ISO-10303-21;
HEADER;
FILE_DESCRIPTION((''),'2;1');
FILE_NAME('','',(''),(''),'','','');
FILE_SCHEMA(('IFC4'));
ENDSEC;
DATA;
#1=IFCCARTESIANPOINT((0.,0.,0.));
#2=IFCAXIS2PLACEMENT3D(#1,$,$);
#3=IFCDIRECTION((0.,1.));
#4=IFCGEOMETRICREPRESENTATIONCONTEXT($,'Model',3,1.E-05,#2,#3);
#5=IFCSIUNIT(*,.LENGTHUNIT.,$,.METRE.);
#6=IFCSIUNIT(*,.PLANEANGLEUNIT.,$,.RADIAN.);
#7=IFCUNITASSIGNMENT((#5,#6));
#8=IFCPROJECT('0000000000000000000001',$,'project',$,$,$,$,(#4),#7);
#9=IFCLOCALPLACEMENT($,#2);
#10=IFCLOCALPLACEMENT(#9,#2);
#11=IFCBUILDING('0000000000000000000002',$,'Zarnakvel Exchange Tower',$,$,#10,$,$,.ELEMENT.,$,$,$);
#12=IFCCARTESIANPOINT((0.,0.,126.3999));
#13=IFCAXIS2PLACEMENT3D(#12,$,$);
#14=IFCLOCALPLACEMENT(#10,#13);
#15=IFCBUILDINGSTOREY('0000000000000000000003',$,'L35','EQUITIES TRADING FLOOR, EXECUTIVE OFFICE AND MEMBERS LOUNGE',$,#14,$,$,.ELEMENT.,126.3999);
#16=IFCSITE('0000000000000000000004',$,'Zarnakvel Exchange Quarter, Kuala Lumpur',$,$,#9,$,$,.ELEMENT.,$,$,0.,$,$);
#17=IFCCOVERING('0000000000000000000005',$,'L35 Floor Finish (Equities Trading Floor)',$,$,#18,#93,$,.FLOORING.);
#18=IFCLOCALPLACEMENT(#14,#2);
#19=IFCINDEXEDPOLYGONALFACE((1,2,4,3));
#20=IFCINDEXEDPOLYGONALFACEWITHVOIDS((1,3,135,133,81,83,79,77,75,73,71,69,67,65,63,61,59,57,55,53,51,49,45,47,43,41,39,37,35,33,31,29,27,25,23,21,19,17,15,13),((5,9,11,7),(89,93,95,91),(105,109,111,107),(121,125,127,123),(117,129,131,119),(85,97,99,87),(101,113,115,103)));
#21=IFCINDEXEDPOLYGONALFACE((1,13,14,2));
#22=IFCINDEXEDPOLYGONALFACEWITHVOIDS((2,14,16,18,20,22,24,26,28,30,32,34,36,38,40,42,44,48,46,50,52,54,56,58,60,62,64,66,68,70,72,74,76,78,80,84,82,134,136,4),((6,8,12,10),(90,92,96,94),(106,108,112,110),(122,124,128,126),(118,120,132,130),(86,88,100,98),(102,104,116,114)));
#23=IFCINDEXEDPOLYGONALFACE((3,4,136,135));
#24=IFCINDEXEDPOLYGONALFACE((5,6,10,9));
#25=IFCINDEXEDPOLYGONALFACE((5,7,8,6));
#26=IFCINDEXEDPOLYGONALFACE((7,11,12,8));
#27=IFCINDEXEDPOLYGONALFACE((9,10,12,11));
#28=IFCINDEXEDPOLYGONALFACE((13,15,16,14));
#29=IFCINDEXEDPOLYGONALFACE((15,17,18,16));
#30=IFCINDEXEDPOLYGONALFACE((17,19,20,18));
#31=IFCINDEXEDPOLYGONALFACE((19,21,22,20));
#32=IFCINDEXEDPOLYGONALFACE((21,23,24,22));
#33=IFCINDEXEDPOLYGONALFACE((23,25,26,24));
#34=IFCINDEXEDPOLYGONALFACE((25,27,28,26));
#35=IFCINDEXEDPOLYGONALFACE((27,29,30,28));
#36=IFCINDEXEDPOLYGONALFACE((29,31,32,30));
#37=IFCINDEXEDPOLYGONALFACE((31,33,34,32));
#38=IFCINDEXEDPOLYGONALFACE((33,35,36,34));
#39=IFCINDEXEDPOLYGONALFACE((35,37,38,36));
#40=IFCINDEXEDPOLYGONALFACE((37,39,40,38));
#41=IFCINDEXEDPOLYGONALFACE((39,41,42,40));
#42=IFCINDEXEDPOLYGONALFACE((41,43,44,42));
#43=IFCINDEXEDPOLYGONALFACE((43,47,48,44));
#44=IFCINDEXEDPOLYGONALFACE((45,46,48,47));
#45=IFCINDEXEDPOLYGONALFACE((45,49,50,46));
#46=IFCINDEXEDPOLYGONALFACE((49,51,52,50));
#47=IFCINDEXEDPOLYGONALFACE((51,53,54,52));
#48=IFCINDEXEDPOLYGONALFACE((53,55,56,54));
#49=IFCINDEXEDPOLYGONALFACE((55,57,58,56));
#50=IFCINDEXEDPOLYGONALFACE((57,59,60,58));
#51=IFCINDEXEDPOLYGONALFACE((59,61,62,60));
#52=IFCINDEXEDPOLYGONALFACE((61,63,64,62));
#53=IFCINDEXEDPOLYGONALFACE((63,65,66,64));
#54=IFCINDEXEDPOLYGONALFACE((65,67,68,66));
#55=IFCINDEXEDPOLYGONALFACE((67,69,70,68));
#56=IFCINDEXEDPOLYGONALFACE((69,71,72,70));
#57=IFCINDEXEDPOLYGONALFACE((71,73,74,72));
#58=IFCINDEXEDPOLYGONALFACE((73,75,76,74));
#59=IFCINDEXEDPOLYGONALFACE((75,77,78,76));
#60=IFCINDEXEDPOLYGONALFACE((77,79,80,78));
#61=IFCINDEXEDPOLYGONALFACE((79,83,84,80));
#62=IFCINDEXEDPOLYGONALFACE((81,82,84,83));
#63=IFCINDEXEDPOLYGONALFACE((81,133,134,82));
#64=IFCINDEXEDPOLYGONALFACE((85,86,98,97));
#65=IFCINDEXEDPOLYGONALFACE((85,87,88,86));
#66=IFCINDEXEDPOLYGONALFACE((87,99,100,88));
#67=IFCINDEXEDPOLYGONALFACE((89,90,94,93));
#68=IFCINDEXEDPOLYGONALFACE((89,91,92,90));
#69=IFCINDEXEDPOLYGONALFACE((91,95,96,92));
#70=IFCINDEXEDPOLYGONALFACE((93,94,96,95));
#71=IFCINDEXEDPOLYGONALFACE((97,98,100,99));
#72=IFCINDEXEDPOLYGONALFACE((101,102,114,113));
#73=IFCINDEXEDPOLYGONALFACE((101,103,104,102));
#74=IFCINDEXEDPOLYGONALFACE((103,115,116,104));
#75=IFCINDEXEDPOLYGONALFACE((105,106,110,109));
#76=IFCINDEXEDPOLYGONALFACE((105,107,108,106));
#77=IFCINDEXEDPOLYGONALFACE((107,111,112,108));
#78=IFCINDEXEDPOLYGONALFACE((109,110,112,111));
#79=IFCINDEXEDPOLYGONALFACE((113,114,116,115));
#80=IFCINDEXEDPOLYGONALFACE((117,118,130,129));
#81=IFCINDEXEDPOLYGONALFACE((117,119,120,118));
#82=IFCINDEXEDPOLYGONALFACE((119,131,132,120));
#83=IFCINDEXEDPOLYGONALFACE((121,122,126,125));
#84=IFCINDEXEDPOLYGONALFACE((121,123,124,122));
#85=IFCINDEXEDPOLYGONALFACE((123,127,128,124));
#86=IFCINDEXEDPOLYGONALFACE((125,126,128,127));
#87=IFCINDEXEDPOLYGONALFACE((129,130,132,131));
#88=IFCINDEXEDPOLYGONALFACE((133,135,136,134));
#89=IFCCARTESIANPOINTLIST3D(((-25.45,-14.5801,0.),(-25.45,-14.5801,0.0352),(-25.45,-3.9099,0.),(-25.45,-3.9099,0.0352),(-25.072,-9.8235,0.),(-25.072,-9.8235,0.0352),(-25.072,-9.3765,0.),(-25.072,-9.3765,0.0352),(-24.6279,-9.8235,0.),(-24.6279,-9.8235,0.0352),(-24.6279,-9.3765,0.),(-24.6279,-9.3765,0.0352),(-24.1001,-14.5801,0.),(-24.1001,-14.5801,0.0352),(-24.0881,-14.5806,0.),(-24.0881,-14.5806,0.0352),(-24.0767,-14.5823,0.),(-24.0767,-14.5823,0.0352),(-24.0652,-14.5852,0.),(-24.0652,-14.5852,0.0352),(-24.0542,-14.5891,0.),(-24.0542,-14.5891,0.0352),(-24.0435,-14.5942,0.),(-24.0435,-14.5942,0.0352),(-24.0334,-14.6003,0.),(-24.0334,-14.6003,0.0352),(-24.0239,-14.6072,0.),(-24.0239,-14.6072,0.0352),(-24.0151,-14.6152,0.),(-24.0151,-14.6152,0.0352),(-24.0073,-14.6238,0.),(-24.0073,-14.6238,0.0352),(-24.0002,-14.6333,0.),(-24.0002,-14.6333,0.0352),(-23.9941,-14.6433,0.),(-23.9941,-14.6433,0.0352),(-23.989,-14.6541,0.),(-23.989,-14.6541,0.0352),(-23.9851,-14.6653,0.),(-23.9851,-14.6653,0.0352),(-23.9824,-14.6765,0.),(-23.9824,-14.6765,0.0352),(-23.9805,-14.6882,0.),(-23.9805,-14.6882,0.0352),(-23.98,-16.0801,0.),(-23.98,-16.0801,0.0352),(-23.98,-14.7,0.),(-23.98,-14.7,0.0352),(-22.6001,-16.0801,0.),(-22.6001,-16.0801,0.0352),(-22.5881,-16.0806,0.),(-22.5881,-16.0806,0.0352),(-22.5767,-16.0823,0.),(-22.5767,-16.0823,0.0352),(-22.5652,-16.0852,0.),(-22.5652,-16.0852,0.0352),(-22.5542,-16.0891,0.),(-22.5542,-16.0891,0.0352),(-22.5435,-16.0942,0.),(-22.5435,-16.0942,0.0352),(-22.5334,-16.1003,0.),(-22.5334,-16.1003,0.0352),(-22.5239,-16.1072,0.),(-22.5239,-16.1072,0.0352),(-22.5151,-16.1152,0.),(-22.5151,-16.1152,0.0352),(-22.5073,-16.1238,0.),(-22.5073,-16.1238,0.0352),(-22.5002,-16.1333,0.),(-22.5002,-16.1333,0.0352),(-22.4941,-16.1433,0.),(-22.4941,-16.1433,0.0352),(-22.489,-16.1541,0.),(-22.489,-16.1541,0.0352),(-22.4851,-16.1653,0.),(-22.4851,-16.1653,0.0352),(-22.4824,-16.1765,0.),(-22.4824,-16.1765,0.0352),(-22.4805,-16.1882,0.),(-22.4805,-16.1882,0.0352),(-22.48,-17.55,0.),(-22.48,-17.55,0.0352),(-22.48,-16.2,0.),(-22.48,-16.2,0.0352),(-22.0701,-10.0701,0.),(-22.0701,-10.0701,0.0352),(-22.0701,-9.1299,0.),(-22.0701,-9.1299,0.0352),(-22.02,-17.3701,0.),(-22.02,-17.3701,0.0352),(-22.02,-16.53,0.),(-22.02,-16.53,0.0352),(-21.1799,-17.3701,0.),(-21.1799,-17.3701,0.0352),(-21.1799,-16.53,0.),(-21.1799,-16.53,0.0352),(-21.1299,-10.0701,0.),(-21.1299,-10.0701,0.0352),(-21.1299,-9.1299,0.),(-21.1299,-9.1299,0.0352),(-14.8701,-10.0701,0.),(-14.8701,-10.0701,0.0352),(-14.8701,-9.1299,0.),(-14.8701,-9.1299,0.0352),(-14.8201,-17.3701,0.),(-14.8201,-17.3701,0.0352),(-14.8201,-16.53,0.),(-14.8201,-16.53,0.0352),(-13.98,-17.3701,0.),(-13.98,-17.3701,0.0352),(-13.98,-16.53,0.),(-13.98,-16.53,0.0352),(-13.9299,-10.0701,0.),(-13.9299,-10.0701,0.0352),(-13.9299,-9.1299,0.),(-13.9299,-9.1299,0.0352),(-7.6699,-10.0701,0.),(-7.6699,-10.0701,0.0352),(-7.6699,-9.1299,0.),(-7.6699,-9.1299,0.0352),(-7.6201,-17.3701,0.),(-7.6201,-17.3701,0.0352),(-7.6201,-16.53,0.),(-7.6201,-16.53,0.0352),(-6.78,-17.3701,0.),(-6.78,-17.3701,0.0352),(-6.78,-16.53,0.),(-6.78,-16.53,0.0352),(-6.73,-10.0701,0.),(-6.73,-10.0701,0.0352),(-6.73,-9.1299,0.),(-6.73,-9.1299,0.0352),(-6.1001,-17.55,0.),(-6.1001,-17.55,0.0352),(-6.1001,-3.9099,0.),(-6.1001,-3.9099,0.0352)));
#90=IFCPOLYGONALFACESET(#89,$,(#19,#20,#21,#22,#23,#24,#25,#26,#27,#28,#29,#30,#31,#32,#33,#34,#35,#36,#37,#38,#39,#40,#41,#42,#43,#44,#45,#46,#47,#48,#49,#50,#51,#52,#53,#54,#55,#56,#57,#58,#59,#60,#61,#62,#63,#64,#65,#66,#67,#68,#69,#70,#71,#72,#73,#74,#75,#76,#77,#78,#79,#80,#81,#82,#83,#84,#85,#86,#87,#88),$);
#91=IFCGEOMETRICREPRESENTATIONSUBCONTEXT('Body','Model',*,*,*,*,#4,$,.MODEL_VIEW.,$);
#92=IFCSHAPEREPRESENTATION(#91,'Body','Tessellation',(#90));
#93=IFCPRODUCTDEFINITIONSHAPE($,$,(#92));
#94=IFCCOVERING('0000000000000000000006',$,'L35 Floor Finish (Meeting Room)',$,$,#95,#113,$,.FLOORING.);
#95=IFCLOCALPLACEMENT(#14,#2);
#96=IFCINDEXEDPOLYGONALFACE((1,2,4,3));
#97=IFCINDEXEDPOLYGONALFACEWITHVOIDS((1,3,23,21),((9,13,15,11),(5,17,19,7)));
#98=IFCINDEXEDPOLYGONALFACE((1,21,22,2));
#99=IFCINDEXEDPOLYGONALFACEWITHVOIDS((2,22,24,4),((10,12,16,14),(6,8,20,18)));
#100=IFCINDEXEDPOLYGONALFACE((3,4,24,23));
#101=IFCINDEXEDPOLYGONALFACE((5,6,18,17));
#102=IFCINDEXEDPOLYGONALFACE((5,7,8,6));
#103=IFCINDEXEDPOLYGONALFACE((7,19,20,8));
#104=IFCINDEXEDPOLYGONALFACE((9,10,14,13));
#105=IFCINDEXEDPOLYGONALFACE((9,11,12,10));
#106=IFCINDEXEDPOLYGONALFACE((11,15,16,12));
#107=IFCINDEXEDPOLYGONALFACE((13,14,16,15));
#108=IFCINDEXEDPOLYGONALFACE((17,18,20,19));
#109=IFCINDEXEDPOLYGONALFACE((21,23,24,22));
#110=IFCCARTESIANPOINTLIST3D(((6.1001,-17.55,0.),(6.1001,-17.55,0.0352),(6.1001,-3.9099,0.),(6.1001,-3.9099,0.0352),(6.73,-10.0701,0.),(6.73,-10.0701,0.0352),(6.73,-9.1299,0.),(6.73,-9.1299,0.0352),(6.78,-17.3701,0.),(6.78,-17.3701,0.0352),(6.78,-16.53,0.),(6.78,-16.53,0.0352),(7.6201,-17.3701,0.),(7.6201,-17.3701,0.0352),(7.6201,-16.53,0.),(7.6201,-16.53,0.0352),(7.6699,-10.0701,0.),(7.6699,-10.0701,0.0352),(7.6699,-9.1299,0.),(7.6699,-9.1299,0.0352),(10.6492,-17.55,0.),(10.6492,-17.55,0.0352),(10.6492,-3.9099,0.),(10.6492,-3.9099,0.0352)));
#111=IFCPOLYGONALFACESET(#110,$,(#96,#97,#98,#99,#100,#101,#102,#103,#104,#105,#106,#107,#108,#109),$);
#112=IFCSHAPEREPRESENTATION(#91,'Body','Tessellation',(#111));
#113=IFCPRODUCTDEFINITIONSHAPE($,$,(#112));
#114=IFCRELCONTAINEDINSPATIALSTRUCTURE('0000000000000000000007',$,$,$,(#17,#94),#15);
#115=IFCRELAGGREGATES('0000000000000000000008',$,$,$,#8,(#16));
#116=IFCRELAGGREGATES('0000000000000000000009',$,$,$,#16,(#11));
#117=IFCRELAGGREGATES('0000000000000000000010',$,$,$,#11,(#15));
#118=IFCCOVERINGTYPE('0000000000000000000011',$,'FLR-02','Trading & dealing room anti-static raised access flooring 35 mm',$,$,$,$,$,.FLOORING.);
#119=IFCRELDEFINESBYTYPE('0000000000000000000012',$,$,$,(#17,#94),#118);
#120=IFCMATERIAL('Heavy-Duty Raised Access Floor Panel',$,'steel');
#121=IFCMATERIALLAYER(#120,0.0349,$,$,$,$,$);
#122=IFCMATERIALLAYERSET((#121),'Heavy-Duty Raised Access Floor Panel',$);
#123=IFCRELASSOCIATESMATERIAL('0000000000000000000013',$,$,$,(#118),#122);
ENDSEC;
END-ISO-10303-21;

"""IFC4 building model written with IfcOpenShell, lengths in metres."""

from ifc_helpers import new_model, si_unit, direction, frame, origin, place, context, subcontext, project, spatial, polyline, outline, extrude, material, layer, layer_set, type_object, element, save


model = new_model("IFC4")

# Units and contexts
model_context = context("Model", 3, precision=1e-05, world=origin(), true_north=direction((0.0, 1.0)))
body_context = subcontext(model_context, "Body", "Model", "MODEL_VIEW")
ifc_project = project(units=[si_unit("LENGTHUNIT", "METRE"), si_unit("PLANEANGLEUNIT", "RADIAN")], contexts=[model_context])

# Site, building, storey
site_placement = place(None, origin())
site = spatial("IfcSite", under=ifc_project, at=site_placement, Name="Zarnakvel Exchange Quarter, Kuala Lumpur", CompositionType="ELEMENT", RefElevation=0.0)
building_placement = place(site_placement, origin())
building = spatial("IfcBuilding", under=site, at=building_placement, Name="Zarnakvel Exchange Tower", CompositionType="ELEMENT")
storey_placement = place(building_placement, frame((0.0, 0.0, 126.3999)))
storey = spatial("IfcBuildingStorey", under=building, at=storey_placement, Name="L35", Description="EQUITIES TRADING FLOOR, EXECUTIVE OFFICE AND MEMBERS LOUNGE", CompositionType="ELEMENT", Elevation=126.3999)

# Coverings
ifc_material_1 = material(Name="Heavy-Duty Raised Access Floor Panel", Category="steel")
ifc_layer_1 = layer(ifc_material_1, 0.0349)
ifc_layer_set_1 = layer_set([ifc_layer_1], Name="Heavy-Duty Raised Access Floor Panel")
covering_type_1 = type_object("IfcCoveringType", Name="FLR-02", Description="Trading & dealing room anti-static raised access flooring 35 mm", PredefinedType="FLOORING", material=ifc_layer_set_1)
covering_1_placement = place(storey_placement, origin())
element("IfcCovering", 1, at=covering_1_placement, inside=storey, type_object=covering_type_1, Name="L35 Floor Finish (Equities Trading Floor)", PredefinedType="FLOORING", context=body_context, shape_type="SweptSolid", body=[
    extrude(outline(polyline([(-6.1001, -3.9099), (-6.1001, -17.55), (-22.48, -17.55), (-22.48, -16.2), (-22.4805, -16.1882), (-22.4824, -16.1765), (-22.4851, -16.1653), (-22.489, -16.1541), (-22.4941, -16.1433), (-22.5002, -16.1333), (-22.5073, -16.1238), (-22.5151, -16.1152), (-22.5239, -16.1072), (-22.5334, -16.1003), (-22.5435, -16.0942), (-22.5542, -16.0891), (-22.5652, -16.0852), (-22.5767, -16.0823), (-22.5881, -16.0806), (-22.6001, -16.0801), (-23.98, -16.0801), (-23.98, -14.7), (-23.9805, -14.6882), (-23.9824, -14.6765), (-23.9851, -14.6653), (-23.989, -14.6541), (-23.9941, -14.6433), (-24.0002, -14.6333), (-24.0073, -14.6238), (-24.0151, -14.6152), (-24.0239, -14.6072), (-24.0334, -14.6003), (-24.0435, -14.5942), (-24.0542, -14.5891), (-24.0652, -14.5852), (-24.0767, -14.5823), (-24.0881, -14.5806), (-24.1001, -14.5801), (-25.45, -14.5801), (-25.45, -3.9099), (-6.1001, -3.9099)]), holes=[polyline([(-7.6699, -10.0701), (-6.73, -10.0701), (-6.73, -9.1299), (-7.6699, -9.1299), (-7.6699, -10.0701)]), polyline([(-6.78, -17.3701), (-6.78, -16.53), (-7.6201, -16.53), (-7.6201, -17.3701), (-6.78, -17.3701)]), polyline([(-13.9299, -10.0701), (-13.9299, -9.1299), (-14.8701, -9.1299), (-14.8701, -10.0701), (-13.9299, -10.0701)]), polyline([(-13.98, -17.3701), (-13.98, -16.53), (-14.8201, -16.53), (-14.8201, -17.3701), (-13.98, -17.3701)]), polyline([(-21.1299, -10.0701), (-21.1299, -9.1299), (-22.0701, -9.1299), (-22.0701, -10.0701), (-21.1299, -10.0701)]), polyline([(-21.1799, -17.3701), (-21.1799, -16.53), (-22.02, -16.53), (-22.02, -17.3701), (-21.1799, -17.3701)]), polyline([(-25.072, -9.8235), (-24.6279, -9.8235), (-24.6279, -9.3765), (-25.072, -9.3765), (-25.072, -9.8235)])]), origin(), (0.0, 0.0, 1.0), 0.0352),
])
covering_2_placement = place(storey_placement, origin())
element("IfcCovering", 2, at=covering_2_placement, inside=storey, type_object=covering_type_1, Name="L35 Floor Finish (Meeting Room)", PredefinedType="FLOORING", context=body_context, shape_type="SweptSolid", body=[
    extrude(outline(polyline([(6.1001, -3.9099), (10.6492, -3.9099), (10.6492, -17.55), (6.1001, -17.55), (6.1001, -3.9099)]), holes=[polyline([(6.73, -10.0701), (7.6699, -10.0701), (7.6699, -9.1299), (6.73, -9.1299), (6.73, -10.0701)]), polyline([(7.6201, -17.3701), (7.6201, -16.53), (6.78, -16.53), (6.78, -17.3701), (7.6201, -17.3701)])]), origin(), (0.0, 0.0, 1.0), 0.0352),
])

save(model, "model.ifc")
